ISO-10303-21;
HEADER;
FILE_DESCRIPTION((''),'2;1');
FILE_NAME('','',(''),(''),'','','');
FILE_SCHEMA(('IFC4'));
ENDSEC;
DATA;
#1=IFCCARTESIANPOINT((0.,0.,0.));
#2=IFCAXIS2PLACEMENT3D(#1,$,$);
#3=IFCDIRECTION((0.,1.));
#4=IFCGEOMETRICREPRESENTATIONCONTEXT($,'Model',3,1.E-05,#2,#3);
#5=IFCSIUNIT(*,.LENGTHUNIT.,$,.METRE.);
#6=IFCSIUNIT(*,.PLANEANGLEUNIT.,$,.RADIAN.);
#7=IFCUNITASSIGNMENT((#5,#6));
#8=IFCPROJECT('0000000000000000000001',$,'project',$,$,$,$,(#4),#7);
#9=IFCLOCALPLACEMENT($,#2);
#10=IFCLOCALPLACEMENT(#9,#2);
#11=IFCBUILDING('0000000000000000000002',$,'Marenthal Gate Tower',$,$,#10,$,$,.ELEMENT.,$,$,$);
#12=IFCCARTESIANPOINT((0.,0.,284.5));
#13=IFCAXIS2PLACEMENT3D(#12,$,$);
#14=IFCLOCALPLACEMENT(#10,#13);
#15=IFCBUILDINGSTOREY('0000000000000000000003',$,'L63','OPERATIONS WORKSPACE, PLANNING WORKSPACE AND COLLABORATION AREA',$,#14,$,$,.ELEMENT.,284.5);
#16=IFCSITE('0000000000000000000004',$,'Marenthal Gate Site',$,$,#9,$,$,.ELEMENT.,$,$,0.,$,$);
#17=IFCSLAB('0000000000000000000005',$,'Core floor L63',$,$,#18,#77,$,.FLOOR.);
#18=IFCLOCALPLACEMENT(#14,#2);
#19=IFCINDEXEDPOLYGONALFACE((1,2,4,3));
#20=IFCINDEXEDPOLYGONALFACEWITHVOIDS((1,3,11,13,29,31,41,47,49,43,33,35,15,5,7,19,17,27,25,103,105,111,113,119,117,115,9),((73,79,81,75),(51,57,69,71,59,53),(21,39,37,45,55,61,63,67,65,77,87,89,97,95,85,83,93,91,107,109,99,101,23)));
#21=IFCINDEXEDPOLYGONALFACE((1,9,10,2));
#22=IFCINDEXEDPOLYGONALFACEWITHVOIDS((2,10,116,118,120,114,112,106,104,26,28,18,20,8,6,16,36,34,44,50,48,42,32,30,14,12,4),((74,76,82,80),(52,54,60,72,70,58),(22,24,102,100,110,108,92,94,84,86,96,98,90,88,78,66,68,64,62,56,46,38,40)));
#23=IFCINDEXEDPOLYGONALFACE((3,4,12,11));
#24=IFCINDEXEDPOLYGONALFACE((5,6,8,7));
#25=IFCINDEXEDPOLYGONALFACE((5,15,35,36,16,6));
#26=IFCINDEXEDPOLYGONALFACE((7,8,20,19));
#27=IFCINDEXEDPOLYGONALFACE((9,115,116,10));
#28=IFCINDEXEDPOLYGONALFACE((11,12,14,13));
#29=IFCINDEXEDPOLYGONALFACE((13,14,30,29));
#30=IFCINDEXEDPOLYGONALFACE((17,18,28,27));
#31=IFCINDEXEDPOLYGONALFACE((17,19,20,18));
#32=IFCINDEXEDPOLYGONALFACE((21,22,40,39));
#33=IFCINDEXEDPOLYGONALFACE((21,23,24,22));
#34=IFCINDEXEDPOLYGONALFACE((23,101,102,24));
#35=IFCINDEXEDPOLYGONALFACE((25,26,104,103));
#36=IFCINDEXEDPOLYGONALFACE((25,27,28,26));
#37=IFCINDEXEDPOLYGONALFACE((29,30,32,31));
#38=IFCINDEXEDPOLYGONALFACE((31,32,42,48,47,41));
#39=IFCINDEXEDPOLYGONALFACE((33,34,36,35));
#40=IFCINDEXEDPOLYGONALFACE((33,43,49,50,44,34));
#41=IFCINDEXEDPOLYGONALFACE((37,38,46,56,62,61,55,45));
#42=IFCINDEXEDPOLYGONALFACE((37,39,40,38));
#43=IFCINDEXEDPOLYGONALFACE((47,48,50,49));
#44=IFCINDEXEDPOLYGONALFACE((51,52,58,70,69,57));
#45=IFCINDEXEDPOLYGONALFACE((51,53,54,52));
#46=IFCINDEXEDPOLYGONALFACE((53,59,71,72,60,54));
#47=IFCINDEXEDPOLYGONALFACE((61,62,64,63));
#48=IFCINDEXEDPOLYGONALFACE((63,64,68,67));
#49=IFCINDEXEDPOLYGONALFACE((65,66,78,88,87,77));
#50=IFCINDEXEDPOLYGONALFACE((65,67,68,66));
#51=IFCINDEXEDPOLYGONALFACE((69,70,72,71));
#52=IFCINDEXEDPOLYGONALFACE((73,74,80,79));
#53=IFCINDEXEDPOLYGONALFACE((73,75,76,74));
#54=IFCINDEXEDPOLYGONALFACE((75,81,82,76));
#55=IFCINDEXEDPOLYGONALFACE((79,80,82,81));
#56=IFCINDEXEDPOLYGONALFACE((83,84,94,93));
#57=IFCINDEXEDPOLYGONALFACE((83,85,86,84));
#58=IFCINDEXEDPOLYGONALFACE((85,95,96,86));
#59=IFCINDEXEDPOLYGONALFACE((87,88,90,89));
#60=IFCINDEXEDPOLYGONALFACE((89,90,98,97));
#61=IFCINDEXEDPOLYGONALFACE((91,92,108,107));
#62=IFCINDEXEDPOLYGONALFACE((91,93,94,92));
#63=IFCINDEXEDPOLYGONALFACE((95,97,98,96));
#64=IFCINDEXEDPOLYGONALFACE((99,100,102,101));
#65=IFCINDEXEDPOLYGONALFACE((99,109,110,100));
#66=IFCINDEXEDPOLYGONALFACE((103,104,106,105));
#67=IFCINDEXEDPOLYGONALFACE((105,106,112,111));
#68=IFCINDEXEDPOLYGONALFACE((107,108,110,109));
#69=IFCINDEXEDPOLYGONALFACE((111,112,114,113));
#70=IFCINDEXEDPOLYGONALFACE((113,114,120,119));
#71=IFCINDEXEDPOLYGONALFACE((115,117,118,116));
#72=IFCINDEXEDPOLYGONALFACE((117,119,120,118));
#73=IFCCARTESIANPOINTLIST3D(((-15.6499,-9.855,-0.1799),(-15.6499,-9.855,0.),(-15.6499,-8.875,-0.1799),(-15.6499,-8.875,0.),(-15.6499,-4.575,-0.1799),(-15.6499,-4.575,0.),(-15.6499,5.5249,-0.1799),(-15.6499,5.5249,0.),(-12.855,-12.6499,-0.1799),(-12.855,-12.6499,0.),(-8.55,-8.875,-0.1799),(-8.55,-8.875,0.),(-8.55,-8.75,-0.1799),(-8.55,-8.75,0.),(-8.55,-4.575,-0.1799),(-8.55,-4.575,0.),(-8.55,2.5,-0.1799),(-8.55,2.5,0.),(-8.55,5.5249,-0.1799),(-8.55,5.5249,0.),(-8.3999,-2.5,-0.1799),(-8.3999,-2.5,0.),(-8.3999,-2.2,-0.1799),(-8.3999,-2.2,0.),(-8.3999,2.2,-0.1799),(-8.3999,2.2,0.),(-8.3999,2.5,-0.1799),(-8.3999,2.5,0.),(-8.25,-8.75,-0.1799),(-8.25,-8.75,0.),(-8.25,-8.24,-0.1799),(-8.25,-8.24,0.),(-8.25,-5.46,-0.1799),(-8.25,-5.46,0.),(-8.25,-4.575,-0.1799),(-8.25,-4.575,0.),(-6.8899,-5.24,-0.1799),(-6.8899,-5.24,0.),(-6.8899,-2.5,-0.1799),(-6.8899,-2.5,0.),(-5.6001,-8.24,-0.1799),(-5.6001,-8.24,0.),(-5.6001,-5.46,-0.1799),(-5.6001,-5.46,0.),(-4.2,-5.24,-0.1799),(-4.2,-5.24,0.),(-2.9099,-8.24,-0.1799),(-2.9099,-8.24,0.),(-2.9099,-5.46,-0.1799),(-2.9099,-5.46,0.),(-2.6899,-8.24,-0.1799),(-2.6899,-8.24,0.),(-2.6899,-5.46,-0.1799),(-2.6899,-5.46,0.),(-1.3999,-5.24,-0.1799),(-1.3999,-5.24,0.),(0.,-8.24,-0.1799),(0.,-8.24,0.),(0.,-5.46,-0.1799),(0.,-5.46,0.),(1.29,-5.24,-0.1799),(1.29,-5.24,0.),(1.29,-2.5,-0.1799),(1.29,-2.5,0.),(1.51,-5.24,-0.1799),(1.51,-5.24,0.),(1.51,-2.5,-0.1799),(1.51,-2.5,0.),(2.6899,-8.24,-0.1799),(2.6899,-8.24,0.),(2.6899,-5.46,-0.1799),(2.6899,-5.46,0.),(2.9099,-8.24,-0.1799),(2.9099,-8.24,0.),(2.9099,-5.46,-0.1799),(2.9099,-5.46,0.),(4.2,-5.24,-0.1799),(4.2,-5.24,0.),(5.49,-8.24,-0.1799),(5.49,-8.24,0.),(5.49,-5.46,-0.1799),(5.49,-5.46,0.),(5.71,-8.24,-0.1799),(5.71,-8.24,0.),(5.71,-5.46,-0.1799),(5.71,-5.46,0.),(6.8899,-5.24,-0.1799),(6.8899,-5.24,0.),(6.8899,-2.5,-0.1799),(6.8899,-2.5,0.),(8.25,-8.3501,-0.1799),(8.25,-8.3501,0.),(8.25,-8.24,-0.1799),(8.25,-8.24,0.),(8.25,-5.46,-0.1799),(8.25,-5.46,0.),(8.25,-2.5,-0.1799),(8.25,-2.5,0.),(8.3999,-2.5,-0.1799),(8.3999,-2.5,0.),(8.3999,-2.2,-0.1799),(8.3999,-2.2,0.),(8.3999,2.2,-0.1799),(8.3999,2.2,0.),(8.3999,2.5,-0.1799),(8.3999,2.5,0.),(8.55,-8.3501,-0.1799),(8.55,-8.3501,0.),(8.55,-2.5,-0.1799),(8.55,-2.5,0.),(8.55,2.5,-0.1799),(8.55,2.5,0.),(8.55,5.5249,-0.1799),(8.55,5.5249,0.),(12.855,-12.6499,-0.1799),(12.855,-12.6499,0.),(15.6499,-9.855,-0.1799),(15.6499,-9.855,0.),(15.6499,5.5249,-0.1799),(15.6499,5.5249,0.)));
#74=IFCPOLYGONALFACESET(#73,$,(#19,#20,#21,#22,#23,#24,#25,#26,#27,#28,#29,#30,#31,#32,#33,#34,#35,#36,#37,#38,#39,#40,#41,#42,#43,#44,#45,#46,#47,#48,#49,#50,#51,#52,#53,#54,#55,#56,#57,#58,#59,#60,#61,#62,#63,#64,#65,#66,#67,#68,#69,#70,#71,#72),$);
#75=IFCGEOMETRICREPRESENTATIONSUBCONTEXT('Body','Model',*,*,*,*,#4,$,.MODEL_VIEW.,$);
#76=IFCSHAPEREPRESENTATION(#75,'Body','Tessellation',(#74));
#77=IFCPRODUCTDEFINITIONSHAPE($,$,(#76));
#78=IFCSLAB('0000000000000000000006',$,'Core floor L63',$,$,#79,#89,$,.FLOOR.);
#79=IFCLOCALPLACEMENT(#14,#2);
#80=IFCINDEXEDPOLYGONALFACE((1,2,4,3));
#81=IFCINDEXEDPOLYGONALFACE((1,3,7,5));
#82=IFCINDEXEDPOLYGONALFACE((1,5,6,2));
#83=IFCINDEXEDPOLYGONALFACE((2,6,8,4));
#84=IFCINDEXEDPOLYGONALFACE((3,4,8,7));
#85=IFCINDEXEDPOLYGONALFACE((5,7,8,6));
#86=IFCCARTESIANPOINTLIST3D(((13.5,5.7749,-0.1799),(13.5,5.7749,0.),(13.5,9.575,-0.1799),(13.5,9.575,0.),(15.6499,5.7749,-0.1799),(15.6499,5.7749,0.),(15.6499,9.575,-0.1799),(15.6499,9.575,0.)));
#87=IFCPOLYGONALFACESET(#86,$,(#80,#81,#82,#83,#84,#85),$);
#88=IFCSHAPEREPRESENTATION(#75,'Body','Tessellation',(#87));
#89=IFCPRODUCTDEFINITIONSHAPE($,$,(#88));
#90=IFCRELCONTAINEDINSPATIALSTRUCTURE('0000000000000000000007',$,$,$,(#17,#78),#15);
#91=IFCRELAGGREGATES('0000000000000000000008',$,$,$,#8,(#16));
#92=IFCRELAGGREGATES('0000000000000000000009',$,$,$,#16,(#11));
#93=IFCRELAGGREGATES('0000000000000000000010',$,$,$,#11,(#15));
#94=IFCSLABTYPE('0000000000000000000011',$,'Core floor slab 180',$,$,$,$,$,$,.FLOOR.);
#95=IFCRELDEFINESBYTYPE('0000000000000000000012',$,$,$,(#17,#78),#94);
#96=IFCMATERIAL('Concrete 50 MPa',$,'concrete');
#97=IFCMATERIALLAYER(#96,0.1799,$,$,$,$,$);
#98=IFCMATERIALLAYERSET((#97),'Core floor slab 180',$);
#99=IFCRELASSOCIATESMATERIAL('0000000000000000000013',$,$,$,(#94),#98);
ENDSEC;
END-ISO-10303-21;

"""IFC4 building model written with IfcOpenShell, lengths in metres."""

from ifc_helpers import new_model, si_unit, direction, frame, origin, place, context, subcontext, project, spatial, polyline, outline, extrude, material, layer, layer_set, type_object, element, save


model = new_model("IFC4")

# Units and contexts
model_context = context("Model", 3, precision=1e-05, world=origin(), true_north=direction((0.0, 1.0)))
body_context = subcontext(model_context, "Body", "Model", "MODEL_VIEW")
ifc_project = project(units=[si_unit("LENGTHUNIT", "METRE"), si_unit("PLANEANGLEUNIT", "RADIAN")], contexts=[model_context])

# Site, building, storey
site_placement = place(None, origin())
site = spatial("IfcSite", under=ifc_project, at=site_placement, Name="Marenthal Gate Site", CompositionType="ELEMENT", RefElevation=0.0)
building_placement = place(site_placement, origin())
building = spatial("IfcBuilding", under=site, at=building_placement, Name="Marenthal Gate Tower", CompositionType="ELEMENT")
storey_placement = place(building_placement, frame((0.0, 0.0, 284.5)))
storey = spatial("IfcBuildingStorey", under=building, at=storey_placement, Name="L63", Description="OPERATIONS WORKSPACE, PLANNING WORKSPACE AND COLLABORATION AREA", CompositionType="ELEMENT", Elevation=284.5)

# Slabs
ifc_material_1 = material(Name="Concrete 50 MPa", Category="concrete")
ifc_layer_1 = layer(ifc_material_1, 0.1799)
ifc_layer_set_1 = layer_set([ifc_layer_1], Name="Core floor slab 180")
slab_type_1 = type_object("IfcSlabType", Name="Core floor slab 180", PredefinedType="FLOOR", material=ifc_layer_set_1)
slab_1_placement = place(storey_placement, frame((0.0, 0.0, -0.1799)))
element("IfcSlab", 1, at=slab_1_placement, inside=storey, type_object=slab_type_1, Name="Core floor L63", PredefinedType="FLOOR", context=body_context, shape_type="SweptSolid", body=[
    extrude(outline(polyline([(12.855, -12.6499), (-12.855, -12.6499), (-15.6499, -9.855), (-15.6499, -8.875), (-8.55, -8.875), (-8.55, -8.75), (-8.25, -8.75), (-8.25, -8.24), (-5.6001, -8.24), (-2.9099, -8.24), (-2.9099, -5.46), (-5.6001, -5.46), (-8.25, -5.46), (-8.25, -4.575), (-8.55, -4.575), (-15.6499, -4.575), (-15.6499, 5.5249), (-8.55, 5.5249), (-8.55, 2.5), (-8.3999, 2.5), (-8.3999, 2.2), (8.3999, 2.2), (8.3999, 2.5), (8.55, 2.5), (8.55, 5.5249), (15.6499, 5.5249), (15.6499, -9.855), (12.855, -12.6499)]), holes=[polyline([(2.6899, -8.24), (2.6899, -5.46), (0.0, -5.46), (-2.6899, -5.46), (-2.6899, -8.24), (0.0, -8.24), (2.6899, -8.24)]), polyline([(1.29, -2.5), (1.51, -2.5), (1.51, -5.24), (4.2, -5.24), (6.8899, -5.24), (6.8899, -2.5), (8.25, -2.5), (8.25, -5.46), (5.71, -5.46), (5.71, -8.24), (8.25, -8.24), (8.25, -8.3501), (8.55, -8.3501), (8.55, -2.5), (8.3999, -2.5), (8.3999, -2.2), (-8.3999, -2.2), (-8.3999, -2.5), (-6.8899, -2.5), (-6.8899, -5.24), (-4.2, -5.24), (-1.3999, -5.24), (1.29, -5.24), (1.29, -2.5)]), polyline([(5.49, -8.24), (5.49, -5.46), (2.9099, -5.46), (2.9099, -8.24), (5.49, -8.24)])]), origin(), (0.0, 0.0, 1.0), 0.1799),
])
slab_2_placement = place(storey_placement, frame((0.0, 0.0, -0.1799)))
element("IfcSlab", 2, at=slab_2_placement, inside=storey, type_object=slab_type_1, Name="Core floor L63", PredefinedType="FLOOR", context=body_context, shape_type="SweptSolid", body=[
    extrude(outline(polyline([(15.6499, 5.7749), (13.5, 5.7749), (13.5, 9.575), (15.6499, 9.575), (15.6499, 5.7749)])), origin(), (0.0, 0.0, 1.0), 0.1799),
])

save(model, "model.ifc")
